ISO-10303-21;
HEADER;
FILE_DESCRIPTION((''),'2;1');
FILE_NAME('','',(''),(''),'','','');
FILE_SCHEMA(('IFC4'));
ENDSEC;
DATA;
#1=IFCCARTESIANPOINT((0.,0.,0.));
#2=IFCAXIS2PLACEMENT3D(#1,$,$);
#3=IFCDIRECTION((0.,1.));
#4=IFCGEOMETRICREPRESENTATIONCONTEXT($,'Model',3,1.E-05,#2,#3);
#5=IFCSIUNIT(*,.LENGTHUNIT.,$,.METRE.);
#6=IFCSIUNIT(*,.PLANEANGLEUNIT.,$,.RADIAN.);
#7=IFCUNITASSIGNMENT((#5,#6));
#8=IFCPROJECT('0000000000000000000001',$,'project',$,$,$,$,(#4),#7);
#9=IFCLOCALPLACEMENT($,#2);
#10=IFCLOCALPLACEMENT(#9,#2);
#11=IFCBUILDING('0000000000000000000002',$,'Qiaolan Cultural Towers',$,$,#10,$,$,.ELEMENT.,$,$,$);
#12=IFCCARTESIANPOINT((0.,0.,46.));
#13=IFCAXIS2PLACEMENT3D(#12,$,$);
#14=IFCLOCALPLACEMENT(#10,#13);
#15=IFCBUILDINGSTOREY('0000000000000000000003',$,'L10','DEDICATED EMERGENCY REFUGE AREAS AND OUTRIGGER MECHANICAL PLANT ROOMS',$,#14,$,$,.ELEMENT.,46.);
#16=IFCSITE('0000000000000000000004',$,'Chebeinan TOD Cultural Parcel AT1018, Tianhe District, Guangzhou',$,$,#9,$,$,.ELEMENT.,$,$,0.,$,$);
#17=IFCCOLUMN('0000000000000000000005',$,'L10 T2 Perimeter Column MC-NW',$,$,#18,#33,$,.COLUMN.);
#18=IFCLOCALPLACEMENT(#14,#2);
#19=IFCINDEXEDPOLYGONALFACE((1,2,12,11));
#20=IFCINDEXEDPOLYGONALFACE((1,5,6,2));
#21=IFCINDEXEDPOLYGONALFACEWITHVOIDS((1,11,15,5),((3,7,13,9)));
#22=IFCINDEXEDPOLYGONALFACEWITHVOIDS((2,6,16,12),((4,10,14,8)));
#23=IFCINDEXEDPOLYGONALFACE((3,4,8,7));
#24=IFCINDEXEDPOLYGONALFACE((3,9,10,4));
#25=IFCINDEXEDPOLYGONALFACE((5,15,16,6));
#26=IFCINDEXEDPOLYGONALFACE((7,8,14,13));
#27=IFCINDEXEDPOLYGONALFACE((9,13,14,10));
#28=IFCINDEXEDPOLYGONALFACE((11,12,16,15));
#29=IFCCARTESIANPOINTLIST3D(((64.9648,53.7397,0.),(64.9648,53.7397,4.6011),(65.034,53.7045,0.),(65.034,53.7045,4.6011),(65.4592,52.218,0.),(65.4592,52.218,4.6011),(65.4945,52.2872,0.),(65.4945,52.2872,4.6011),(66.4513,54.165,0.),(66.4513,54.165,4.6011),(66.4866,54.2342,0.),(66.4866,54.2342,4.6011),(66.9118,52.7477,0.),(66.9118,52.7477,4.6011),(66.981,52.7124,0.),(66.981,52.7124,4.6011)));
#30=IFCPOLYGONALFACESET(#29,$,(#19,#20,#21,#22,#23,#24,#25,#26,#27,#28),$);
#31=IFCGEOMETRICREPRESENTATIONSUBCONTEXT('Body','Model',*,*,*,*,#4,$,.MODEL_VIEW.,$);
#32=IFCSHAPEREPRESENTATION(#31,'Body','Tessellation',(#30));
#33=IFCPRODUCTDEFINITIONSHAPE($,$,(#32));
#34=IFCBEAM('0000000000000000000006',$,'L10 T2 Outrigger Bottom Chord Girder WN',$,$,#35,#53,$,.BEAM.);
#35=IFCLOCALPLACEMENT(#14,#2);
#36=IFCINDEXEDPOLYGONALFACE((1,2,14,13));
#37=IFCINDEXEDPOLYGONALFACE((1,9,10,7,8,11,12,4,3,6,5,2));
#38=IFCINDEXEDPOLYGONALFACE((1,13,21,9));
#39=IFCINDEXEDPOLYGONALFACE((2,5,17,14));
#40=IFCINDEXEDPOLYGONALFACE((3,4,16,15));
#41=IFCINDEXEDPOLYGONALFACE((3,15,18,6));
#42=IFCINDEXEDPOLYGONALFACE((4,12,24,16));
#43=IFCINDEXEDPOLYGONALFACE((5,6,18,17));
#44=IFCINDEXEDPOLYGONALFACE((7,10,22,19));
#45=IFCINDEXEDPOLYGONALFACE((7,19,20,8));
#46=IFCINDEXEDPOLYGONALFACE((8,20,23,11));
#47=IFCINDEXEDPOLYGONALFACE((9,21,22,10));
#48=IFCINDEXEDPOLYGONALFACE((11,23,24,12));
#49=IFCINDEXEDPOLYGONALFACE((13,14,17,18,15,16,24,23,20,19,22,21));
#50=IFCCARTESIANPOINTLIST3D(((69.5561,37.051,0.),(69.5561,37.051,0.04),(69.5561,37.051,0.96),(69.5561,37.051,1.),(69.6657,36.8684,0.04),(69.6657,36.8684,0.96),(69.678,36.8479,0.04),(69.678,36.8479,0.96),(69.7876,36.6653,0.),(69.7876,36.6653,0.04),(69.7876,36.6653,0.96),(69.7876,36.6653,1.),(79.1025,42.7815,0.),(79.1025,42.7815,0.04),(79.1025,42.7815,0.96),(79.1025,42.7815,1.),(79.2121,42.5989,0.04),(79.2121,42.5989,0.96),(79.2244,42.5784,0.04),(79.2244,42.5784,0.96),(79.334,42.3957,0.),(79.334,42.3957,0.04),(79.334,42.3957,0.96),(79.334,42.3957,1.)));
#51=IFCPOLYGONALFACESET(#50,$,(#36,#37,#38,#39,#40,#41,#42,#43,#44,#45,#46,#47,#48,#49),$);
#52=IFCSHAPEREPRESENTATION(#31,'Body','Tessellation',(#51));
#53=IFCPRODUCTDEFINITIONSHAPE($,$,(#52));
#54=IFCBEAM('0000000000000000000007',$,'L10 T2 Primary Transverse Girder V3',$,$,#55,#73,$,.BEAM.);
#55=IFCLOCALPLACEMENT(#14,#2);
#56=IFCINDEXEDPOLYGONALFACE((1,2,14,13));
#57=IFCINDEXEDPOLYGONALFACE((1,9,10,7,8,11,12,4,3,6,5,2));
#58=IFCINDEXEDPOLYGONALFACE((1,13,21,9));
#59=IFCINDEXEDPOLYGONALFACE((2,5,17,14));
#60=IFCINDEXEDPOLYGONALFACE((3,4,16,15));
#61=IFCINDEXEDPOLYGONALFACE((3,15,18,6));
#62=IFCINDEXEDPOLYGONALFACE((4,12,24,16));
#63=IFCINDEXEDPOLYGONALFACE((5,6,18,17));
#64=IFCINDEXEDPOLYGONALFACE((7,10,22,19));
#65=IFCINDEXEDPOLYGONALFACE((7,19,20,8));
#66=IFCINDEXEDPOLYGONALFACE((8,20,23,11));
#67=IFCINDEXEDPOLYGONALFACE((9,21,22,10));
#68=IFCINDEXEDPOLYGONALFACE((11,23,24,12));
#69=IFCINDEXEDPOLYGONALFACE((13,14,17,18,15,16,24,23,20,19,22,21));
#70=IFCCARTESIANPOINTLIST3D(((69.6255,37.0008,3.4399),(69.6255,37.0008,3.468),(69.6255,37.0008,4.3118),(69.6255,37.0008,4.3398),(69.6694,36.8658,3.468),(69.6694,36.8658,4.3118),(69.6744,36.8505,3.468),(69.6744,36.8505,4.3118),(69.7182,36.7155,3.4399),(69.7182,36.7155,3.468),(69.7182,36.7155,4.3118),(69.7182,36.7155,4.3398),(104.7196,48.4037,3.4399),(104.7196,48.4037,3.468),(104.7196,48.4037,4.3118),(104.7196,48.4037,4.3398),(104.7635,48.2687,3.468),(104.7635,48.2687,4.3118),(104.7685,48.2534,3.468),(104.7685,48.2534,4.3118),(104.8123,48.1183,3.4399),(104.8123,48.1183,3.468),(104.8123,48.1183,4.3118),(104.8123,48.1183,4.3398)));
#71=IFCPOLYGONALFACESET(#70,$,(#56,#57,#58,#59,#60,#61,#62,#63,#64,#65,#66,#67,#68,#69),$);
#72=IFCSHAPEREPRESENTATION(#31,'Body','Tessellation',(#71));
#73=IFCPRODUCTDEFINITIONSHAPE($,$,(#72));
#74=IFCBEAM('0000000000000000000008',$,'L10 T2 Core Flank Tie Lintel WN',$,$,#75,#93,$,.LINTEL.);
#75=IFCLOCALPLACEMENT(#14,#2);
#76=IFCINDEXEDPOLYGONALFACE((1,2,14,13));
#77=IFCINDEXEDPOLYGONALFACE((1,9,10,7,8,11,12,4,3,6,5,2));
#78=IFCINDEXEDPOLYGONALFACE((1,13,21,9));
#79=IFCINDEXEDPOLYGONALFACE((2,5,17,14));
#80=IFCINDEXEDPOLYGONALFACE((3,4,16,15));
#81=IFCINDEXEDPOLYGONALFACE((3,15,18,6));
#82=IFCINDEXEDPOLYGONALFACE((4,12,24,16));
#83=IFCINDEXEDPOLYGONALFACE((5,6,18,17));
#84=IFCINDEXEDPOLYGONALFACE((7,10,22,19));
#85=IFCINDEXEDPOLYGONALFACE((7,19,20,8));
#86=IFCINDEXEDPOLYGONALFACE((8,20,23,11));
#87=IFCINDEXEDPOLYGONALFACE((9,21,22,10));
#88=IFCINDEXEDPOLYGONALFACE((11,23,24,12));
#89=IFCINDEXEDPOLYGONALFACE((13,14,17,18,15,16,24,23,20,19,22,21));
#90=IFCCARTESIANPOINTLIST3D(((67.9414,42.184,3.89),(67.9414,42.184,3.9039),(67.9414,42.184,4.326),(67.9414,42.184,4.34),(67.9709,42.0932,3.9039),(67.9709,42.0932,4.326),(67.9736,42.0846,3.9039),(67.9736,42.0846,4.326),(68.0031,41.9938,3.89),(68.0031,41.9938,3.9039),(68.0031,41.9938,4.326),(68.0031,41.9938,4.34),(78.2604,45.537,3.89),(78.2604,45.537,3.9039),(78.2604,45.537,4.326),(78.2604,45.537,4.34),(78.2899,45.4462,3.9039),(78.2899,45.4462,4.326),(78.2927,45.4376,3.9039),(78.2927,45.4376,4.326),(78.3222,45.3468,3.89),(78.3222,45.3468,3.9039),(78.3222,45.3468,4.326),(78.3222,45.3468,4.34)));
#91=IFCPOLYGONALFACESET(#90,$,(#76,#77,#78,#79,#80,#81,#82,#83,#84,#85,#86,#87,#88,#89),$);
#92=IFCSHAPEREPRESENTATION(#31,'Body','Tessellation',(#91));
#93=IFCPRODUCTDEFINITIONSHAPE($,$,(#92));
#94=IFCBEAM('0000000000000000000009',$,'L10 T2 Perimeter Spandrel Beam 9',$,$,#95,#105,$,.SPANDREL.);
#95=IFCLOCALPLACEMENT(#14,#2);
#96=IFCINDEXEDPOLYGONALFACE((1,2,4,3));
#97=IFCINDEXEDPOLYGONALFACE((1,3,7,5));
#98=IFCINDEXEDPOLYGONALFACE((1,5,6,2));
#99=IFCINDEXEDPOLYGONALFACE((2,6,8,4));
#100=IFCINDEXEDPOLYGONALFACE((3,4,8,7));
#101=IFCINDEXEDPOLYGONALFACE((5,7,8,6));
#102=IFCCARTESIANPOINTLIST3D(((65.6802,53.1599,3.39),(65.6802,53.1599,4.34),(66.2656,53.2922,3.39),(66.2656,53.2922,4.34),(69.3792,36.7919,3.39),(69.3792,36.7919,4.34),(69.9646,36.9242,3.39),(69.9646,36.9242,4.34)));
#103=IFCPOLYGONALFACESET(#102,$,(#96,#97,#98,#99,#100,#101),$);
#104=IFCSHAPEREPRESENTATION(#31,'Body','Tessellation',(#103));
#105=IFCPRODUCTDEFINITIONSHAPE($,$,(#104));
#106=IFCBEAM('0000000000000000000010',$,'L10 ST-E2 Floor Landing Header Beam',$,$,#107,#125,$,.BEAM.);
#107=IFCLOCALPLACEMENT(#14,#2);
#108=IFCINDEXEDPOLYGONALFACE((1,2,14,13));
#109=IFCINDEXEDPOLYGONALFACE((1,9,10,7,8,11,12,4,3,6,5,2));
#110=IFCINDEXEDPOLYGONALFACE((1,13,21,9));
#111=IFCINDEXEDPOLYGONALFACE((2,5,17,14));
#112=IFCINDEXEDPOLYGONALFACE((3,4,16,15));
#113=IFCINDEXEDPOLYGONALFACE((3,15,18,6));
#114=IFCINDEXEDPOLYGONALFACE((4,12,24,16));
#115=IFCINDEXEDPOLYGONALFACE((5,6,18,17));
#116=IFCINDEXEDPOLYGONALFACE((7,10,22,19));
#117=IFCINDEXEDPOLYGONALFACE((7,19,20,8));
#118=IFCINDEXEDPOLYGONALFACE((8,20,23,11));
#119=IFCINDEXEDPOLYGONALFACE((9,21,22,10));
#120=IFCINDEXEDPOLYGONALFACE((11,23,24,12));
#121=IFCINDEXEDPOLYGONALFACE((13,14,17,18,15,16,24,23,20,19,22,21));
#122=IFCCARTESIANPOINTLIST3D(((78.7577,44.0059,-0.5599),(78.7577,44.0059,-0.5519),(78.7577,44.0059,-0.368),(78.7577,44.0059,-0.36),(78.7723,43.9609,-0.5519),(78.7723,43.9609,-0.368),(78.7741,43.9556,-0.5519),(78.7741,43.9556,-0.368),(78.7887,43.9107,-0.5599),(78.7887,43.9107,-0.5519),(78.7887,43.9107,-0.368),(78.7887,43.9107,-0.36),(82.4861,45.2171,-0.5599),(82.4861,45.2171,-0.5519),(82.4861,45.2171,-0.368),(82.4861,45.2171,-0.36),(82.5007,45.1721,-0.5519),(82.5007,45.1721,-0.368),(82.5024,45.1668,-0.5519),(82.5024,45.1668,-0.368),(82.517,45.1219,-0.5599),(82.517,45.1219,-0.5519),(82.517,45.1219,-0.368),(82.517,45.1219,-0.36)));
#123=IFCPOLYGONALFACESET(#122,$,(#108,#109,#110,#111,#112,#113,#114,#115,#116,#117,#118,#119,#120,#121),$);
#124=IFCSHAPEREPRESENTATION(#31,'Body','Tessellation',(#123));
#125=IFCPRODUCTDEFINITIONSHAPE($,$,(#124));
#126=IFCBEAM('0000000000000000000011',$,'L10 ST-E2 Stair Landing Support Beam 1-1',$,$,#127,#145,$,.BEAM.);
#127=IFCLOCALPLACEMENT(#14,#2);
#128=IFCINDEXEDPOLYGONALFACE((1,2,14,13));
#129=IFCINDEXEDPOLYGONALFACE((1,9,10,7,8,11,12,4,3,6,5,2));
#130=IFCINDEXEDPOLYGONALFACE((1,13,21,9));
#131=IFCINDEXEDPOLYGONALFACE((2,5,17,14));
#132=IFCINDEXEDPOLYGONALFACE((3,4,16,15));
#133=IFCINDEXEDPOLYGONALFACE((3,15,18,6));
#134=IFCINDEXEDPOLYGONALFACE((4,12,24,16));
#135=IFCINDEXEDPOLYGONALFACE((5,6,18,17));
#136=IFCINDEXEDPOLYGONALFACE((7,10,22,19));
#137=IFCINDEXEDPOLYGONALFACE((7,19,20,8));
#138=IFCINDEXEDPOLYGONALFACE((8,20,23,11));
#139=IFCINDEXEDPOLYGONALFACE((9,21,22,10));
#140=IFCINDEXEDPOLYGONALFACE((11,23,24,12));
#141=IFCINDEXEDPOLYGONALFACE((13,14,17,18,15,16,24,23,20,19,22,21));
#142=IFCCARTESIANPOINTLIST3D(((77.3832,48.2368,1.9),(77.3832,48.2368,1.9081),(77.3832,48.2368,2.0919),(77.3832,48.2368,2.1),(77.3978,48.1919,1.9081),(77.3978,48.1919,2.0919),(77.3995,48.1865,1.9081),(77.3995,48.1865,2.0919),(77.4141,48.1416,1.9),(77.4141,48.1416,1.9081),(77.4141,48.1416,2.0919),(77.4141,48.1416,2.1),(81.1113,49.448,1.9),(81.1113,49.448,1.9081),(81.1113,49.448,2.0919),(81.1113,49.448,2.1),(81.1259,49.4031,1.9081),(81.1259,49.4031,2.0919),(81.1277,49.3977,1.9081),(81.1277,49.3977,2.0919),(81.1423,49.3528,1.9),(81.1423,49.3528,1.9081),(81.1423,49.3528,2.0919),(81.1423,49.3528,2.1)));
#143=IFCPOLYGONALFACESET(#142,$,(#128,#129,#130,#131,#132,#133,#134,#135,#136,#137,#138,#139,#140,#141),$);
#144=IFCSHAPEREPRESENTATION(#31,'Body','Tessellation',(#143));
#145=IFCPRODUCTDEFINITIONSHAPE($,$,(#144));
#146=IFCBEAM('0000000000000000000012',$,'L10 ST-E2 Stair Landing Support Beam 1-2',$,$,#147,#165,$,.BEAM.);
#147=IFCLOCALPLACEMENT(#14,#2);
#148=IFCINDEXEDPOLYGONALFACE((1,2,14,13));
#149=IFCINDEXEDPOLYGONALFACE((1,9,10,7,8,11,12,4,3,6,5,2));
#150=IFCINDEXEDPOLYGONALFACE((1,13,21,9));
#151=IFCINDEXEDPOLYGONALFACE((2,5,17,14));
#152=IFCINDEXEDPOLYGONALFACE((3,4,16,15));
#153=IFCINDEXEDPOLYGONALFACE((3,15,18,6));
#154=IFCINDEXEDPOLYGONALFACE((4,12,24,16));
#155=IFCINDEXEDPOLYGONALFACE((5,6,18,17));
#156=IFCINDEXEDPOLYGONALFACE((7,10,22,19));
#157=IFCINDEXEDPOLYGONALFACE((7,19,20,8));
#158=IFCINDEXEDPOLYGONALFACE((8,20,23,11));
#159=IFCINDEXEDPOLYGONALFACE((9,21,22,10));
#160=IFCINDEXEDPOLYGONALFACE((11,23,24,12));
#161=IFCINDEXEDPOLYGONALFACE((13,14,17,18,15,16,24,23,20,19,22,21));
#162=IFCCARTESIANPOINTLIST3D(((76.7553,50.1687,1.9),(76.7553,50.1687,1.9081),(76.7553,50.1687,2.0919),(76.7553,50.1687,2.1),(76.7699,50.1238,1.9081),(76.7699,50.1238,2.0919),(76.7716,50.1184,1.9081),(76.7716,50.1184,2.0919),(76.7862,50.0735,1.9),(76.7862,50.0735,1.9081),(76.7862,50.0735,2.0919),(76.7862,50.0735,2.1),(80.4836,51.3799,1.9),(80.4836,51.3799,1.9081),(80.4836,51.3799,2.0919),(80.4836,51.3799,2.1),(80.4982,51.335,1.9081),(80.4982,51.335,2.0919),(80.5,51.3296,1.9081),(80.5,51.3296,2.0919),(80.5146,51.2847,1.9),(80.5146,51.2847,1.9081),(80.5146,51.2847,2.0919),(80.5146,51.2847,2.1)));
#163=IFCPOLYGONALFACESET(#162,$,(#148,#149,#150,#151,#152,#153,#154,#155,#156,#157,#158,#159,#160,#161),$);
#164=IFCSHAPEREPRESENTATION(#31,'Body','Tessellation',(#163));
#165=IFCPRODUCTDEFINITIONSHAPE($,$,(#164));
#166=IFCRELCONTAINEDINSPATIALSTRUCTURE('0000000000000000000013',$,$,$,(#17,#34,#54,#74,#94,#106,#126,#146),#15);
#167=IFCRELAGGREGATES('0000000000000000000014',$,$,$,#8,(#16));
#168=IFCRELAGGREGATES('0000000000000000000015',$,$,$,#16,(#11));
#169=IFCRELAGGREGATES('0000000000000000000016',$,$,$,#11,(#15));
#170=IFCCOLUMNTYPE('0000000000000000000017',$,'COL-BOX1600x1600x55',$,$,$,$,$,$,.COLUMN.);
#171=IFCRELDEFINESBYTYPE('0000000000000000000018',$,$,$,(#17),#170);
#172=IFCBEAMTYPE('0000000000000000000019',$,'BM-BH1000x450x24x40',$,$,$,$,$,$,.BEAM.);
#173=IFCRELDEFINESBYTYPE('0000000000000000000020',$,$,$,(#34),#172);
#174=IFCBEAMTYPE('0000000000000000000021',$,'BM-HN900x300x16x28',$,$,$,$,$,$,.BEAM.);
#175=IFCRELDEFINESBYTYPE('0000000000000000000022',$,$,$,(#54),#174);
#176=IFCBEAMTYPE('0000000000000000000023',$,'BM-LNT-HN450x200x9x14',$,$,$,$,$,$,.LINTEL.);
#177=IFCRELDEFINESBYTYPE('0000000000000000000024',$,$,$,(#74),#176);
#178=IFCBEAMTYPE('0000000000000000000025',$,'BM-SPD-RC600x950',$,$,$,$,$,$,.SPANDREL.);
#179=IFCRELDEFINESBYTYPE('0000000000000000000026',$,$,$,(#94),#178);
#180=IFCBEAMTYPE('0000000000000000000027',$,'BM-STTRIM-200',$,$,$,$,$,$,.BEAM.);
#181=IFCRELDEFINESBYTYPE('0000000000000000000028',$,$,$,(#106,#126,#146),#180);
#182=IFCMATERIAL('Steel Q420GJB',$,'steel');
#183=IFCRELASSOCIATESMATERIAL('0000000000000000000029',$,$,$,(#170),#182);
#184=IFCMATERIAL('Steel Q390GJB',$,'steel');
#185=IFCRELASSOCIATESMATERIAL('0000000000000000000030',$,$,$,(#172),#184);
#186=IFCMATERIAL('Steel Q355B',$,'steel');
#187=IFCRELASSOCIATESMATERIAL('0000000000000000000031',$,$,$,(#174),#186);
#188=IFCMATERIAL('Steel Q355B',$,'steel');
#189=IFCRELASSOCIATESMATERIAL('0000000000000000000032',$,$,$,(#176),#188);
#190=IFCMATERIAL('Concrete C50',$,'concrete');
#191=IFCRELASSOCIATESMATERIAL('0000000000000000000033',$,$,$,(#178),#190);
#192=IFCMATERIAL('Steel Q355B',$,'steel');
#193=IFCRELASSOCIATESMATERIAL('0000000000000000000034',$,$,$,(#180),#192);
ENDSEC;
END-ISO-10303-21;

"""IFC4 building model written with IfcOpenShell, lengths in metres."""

from ifc_helpers import new_model, si_unit, direction, frame, origin, origin_2d, place, context, subcontext, project, spatial, rectangle, hollow_rectangle, i_section, extrude, material, material_profile, profile_set, type_object, element, save


model = new_model("IFC4")

# Units and contexts
model_context = context("Model", 3, precision=1e-05, world=origin(), true_north=direction((0.0, 1.0)))
body_context = subcontext(model_context, "Body", "Model", "MODEL_VIEW")
ifc_project = project(units=[si_unit("LENGTHUNIT", "METRE"), si_unit("PLANEANGLEUNIT", "RADIAN")], contexts=[model_context])

# Site, building, storey
site_placement = place(None, origin())
site = spatial("IfcSite", under=ifc_project, at=site_placement, Name="Chebeinan TOD Cultural Parcel AT1018, Tianhe District, Guangzhou", CompositionType="ELEMENT", RefElevation=0.0)
building_placement = place(site_placement, origin())
building = spatial("IfcBuilding", under=site, at=building_placement, Name="Qiaolan Cultural Towers", CompositionType="ELEMENT")
storey_placement = place(building_placement, frame((0.0, 0.0, 46.0)))
storey = spatial("IfcBuildingStorey", under=building, at=storey_placement, Name="L10", Description="DEDICATED EMERGENCY REFUGE AREAS AND OUTRIGGER MECHANICAL PLANT ROOMS", CompositionType="ELEMENT", Elevation=46.0)

# Column
ifc_material_1 = material(Name="Steel Q420GJB", Category="steel")
ifc_material_profile_1 = material_profile(ifc_material_1, hollow_rectangle(XDim=1.6001, YDim=1.6001, WallThickness=0.0549, at=origin_2d()), Name="BOX1600x1600x55")
ifc_profile_set_1 = profile_set([ifc_material_profile_1], Name="Steel Q420GJB")
column_type = type_object("IfcColumnType", Name="COL-BOX1600x1600x55", PredefinedType="COLUMN", material=ifc_profile_set_1)
column_placement = place(storey_placement, frame((65.9729, 53.2261, 0.0), z_axis=(0.0, 0.0, 1.0), x_axis=(0.951057, 0.309017, 0.0)))
element("IfcColumn", 1, at=column_placement, inside=storey, type_object=column_type, Name="L10 T2 Perimeter Column MC-NW", PredefinedType="COLUMN", context=body_context, shape_type="SweptSolid", body=[
    extrude(hollow_rectangle(XDim=1.6001, YDim=1.6001, WallThickness=0.0549, at=origin_2d()), origin(), (0.0, 0.0, 1.0), 4.6011),
])

# Beams
ifc_material_2 = material(Name="Steel Q390GJB", Category="steel")
ifc_material_profile_2 = material_profile(ifc_material_2, i_section(OverallWidth=0.45, OverallDepth=1.0, WebThickness=0.0239, FlangeThickness=0.04, at=origin_2d()), Name="BH1000x450x24x40")
ifc_profile_set_2 = profile_set([ifc_material_profile_2], Name="Steel Q390GJB")
beam_type_1 = type_object("IfcBeamType", Name="BM-BH1000x450x24x40", PredefinedType="BEAM", material=ifc_profile_set_2)
beam_1_placement = place(storey_placement, frame((79.2183, 42.5886, 0.5), z_axis=(-0.857388, -0.51467, 0.0), x_axis=(0.51467, -0.857388, 0.0)))
element("IfcBeam", 2, at=beam_1_placement, inside=storey, type_object=beam_type_1, Name="L10 T2 Outrigger Bottom Chord Girder WN", PredefinedType="BEAM", context=body_context, shape_type="SweptSolid", body=[
    extrude(i_section(OverallWidth=0.45, OverallDepth=1.0, WebThickness=0.0239, FlangeThickness=0.04, at=origin_2d()), origin(), (0.0, 0.0, 1.0), 11.1343),
])
ifc_material_3 = material(Name="Steel Q355B", Category="steel")
ifc_material_profile_3 = material_profile(ifc_material_3, i_section(OverallWidth=0.3, OverallDepth=0.8999, WebThickness=0.0161, FlangeThickness=0.0281, at=origin_2d()), Name="HN900x300x16x28")
ifc_profile_set_3 = profile_set([ifc_material_profile_3], Name="Steel Q355B")
beam_type_2 = type_object("IfcBeamType", Name="BM-HN900x300x16x28", PredefinedType="BEAM", material=ifc_profile_set_3)
beam_2_placement = place(storey_placement, frame((69.6719, 36.8582, 3.8899), z_axis=(0.951056, 0.309019, 0.0), x_axis=(-0.309019, 0.951056, 0.0)))
element("IfcBeam", 3, at=beam_2_placement, inside=storey, type_object=beam_type_2, Name="L10 T2 Primary Transverse Girder V3", PredefinedType="BEAM", context=body_context, shape_type="SweptSolid", body=[
    extrude(i_section(OverallWidth=0.3, OverallDepth=0.8999, WebThickness=0.0161, FlangeThickness=0.0281, at=origin_2d()), origin(), (0.0, 0.0, 1.0), 36.9001),
])
ifc_material_4 = material(Name="Steel Q355B", Category="steel")
ifc_material_profile_4 = material_profile(ifc_material_4, i_section(OverallWidth=0.2, OverallDepth=0.45, WebThickness=0.009, FlangeThickness=0.0139, at=origin_2d()), Name="HN450x200x9x14")
ifc_profile_set_4 = profile_set([ifc_material_profile_4], Name="Steel Q355B")
beam_type_3 = type_object("IfcBeamType", Name="BM-LNT-HN450x200x9x14", PredefinedType="LINTEL", material=ifc_profile_set_4)
beam_3_placement = place(storey_placement, frame((78.2913, 45.4419, 4.115), z_axis=(-0.951052, -0.30903, 0.0), x_axis=(0.30903, -0.951052, 0.0)))
element("IfcBeam", 4, at=beam_3_placement, inside=storey, type_object=beam_type_3, Name="L10 T2 Core Flank Tie Lintel WN", PredefinedType="LINTEL", context=body_context, shape_type="SweptSolid", body=[
    extrude(i_section(OverallWidth=0.2, OverallDepth=0.45, WebThickness=0.009, FlangeThickness=0.0139, at=origin_2d()), origin(), (0.0, 0.0, 1.0), 10.8501),
])
ifc_material_5 = material(Name="Concrete C50", Category="concrete")
ifc_material_profile_5 = material_profile(ifc_material_5, rectangle(XDim=0.6001, YDim=0.95, at=origin_2d()), Name="RC600x950")
ifc_profile_set_5 = profile_set([ifc_material_profile_5], Name="Concrete C50")
beam_type_4 = type_object("IfcBeamType", Name="BM-SPD-RC600x950", PredefinedType="SPANDREL", material=ifc_profile_set_5)
beam_4_placement = place(storey_placement, frame((65.9729, 53.2261, 3.865), z_axis=(0.220431, -0.975403, 0.0), x_axis=(0.975403, 0.220431, 0.0)))
element("IfcBeam", 5, at=beam_4_placement, inside=storey, type_object=beam_type_4, Name="L10 T2 Perimeter Spandrel Beam 9", PredefinedType="SPANDREL", context=body_context, shape_type="SweptSolid", body=[
    extrude(rectangle(XDim=0.6001, YDim=0.95, at=origin_2d()), origin(), (0.0, 0.0, 1.0), 16.7808),
])
ifc_material_6 = material(Name="Steel Q355B", Category="steel")
ifc_material_profile_6 = material_profile(ifc_material_6, i_section(OverallWidth=0.1001, OverallDepth=0.2, WebThickness=0.0056, FlangeThickness=0.0081, at=origin_2d()), Name="HN200x100x5.5x8")
ifc_profile_set_6 = profile_set([ifc_material_profile_6], Name="Steel Q355B")
beam_type_5 = type_object("IfcBeamType", Name="BM-STTRIM-200", PredefinedType="BEAM", material=ifc_profile_set_6)
beam_5_placement = place(storey_placement, frame((78.7732, 43.9583, -0.46), z_axis=(0.951072, 0.308969, 0.0), x_axis=(-0.308969, 0.951072, 0.0)))
element("IfcBeam", 6, at=beam_5_placement, inside=storey, type_object=beam_type_5, Name="L10 ST-E2 Floor Landing Header Beam", PredefinedType="BEAM", context=body_context, shape_type="SweptSolid", body=[
    extrude(i_section(OverallWidth=0.1001, OverallDepth=0.2, WebThickness=0.0056, FlangeThickness=0.0081, at=origin_2d()), origin(), (0.0, 0.0, 1.0), 3.9202),
])
beam_6_placement = place(storey_placement, frame((77.3987, 48.1892, 2.0), z_axis=(0.951066, 0.308987, 0.0), x_axis=(-0.308987, 0.951066, 0.0)))
element("IfcBeam", 7, at=beam_6_placement, inside=storey, type_object=beam_type_5, Name="L10 ST-E2 Stair Landing Support Beam 1-1", PredefinedType="BEAM", context=body_context, shape_type="SweptSolid", body=[
    extrude(i_section(OverallWidth=0.1001, OverallDepth=0.2, WebThickness=0.0056, FlangeThickness=0.0081, at=origin_2d()), origin(), (0.0, 0.0, 1.0), 3.9199),
])
beam_7_placement = place(storey_placement, frame((76.7708, 50.1211, 2.0), z_axis=(0.951072, 0.308969, 0.0), x_axis=(-0.308969, 0.951072, 0.0)))
element("IfcBeam", 8, at=beam_7_placement, inside=storey, type_object=beam_type_5, Name="L10 ST-E2 Stair Landing Support Beam 1-2", PredefinedType="BEAM", context=body_context, shape_type="SweptSolid", body=[
    extrude(i_section(OverallWidth=0.1001, OverallDepth=0.2, WebThickness=0.0056, FlangeThickness=0.0081, at=origin_2d()), origin(), (0.0, 0.0, 1.0), 3.9202),
])

save(model, "model.ifc")
